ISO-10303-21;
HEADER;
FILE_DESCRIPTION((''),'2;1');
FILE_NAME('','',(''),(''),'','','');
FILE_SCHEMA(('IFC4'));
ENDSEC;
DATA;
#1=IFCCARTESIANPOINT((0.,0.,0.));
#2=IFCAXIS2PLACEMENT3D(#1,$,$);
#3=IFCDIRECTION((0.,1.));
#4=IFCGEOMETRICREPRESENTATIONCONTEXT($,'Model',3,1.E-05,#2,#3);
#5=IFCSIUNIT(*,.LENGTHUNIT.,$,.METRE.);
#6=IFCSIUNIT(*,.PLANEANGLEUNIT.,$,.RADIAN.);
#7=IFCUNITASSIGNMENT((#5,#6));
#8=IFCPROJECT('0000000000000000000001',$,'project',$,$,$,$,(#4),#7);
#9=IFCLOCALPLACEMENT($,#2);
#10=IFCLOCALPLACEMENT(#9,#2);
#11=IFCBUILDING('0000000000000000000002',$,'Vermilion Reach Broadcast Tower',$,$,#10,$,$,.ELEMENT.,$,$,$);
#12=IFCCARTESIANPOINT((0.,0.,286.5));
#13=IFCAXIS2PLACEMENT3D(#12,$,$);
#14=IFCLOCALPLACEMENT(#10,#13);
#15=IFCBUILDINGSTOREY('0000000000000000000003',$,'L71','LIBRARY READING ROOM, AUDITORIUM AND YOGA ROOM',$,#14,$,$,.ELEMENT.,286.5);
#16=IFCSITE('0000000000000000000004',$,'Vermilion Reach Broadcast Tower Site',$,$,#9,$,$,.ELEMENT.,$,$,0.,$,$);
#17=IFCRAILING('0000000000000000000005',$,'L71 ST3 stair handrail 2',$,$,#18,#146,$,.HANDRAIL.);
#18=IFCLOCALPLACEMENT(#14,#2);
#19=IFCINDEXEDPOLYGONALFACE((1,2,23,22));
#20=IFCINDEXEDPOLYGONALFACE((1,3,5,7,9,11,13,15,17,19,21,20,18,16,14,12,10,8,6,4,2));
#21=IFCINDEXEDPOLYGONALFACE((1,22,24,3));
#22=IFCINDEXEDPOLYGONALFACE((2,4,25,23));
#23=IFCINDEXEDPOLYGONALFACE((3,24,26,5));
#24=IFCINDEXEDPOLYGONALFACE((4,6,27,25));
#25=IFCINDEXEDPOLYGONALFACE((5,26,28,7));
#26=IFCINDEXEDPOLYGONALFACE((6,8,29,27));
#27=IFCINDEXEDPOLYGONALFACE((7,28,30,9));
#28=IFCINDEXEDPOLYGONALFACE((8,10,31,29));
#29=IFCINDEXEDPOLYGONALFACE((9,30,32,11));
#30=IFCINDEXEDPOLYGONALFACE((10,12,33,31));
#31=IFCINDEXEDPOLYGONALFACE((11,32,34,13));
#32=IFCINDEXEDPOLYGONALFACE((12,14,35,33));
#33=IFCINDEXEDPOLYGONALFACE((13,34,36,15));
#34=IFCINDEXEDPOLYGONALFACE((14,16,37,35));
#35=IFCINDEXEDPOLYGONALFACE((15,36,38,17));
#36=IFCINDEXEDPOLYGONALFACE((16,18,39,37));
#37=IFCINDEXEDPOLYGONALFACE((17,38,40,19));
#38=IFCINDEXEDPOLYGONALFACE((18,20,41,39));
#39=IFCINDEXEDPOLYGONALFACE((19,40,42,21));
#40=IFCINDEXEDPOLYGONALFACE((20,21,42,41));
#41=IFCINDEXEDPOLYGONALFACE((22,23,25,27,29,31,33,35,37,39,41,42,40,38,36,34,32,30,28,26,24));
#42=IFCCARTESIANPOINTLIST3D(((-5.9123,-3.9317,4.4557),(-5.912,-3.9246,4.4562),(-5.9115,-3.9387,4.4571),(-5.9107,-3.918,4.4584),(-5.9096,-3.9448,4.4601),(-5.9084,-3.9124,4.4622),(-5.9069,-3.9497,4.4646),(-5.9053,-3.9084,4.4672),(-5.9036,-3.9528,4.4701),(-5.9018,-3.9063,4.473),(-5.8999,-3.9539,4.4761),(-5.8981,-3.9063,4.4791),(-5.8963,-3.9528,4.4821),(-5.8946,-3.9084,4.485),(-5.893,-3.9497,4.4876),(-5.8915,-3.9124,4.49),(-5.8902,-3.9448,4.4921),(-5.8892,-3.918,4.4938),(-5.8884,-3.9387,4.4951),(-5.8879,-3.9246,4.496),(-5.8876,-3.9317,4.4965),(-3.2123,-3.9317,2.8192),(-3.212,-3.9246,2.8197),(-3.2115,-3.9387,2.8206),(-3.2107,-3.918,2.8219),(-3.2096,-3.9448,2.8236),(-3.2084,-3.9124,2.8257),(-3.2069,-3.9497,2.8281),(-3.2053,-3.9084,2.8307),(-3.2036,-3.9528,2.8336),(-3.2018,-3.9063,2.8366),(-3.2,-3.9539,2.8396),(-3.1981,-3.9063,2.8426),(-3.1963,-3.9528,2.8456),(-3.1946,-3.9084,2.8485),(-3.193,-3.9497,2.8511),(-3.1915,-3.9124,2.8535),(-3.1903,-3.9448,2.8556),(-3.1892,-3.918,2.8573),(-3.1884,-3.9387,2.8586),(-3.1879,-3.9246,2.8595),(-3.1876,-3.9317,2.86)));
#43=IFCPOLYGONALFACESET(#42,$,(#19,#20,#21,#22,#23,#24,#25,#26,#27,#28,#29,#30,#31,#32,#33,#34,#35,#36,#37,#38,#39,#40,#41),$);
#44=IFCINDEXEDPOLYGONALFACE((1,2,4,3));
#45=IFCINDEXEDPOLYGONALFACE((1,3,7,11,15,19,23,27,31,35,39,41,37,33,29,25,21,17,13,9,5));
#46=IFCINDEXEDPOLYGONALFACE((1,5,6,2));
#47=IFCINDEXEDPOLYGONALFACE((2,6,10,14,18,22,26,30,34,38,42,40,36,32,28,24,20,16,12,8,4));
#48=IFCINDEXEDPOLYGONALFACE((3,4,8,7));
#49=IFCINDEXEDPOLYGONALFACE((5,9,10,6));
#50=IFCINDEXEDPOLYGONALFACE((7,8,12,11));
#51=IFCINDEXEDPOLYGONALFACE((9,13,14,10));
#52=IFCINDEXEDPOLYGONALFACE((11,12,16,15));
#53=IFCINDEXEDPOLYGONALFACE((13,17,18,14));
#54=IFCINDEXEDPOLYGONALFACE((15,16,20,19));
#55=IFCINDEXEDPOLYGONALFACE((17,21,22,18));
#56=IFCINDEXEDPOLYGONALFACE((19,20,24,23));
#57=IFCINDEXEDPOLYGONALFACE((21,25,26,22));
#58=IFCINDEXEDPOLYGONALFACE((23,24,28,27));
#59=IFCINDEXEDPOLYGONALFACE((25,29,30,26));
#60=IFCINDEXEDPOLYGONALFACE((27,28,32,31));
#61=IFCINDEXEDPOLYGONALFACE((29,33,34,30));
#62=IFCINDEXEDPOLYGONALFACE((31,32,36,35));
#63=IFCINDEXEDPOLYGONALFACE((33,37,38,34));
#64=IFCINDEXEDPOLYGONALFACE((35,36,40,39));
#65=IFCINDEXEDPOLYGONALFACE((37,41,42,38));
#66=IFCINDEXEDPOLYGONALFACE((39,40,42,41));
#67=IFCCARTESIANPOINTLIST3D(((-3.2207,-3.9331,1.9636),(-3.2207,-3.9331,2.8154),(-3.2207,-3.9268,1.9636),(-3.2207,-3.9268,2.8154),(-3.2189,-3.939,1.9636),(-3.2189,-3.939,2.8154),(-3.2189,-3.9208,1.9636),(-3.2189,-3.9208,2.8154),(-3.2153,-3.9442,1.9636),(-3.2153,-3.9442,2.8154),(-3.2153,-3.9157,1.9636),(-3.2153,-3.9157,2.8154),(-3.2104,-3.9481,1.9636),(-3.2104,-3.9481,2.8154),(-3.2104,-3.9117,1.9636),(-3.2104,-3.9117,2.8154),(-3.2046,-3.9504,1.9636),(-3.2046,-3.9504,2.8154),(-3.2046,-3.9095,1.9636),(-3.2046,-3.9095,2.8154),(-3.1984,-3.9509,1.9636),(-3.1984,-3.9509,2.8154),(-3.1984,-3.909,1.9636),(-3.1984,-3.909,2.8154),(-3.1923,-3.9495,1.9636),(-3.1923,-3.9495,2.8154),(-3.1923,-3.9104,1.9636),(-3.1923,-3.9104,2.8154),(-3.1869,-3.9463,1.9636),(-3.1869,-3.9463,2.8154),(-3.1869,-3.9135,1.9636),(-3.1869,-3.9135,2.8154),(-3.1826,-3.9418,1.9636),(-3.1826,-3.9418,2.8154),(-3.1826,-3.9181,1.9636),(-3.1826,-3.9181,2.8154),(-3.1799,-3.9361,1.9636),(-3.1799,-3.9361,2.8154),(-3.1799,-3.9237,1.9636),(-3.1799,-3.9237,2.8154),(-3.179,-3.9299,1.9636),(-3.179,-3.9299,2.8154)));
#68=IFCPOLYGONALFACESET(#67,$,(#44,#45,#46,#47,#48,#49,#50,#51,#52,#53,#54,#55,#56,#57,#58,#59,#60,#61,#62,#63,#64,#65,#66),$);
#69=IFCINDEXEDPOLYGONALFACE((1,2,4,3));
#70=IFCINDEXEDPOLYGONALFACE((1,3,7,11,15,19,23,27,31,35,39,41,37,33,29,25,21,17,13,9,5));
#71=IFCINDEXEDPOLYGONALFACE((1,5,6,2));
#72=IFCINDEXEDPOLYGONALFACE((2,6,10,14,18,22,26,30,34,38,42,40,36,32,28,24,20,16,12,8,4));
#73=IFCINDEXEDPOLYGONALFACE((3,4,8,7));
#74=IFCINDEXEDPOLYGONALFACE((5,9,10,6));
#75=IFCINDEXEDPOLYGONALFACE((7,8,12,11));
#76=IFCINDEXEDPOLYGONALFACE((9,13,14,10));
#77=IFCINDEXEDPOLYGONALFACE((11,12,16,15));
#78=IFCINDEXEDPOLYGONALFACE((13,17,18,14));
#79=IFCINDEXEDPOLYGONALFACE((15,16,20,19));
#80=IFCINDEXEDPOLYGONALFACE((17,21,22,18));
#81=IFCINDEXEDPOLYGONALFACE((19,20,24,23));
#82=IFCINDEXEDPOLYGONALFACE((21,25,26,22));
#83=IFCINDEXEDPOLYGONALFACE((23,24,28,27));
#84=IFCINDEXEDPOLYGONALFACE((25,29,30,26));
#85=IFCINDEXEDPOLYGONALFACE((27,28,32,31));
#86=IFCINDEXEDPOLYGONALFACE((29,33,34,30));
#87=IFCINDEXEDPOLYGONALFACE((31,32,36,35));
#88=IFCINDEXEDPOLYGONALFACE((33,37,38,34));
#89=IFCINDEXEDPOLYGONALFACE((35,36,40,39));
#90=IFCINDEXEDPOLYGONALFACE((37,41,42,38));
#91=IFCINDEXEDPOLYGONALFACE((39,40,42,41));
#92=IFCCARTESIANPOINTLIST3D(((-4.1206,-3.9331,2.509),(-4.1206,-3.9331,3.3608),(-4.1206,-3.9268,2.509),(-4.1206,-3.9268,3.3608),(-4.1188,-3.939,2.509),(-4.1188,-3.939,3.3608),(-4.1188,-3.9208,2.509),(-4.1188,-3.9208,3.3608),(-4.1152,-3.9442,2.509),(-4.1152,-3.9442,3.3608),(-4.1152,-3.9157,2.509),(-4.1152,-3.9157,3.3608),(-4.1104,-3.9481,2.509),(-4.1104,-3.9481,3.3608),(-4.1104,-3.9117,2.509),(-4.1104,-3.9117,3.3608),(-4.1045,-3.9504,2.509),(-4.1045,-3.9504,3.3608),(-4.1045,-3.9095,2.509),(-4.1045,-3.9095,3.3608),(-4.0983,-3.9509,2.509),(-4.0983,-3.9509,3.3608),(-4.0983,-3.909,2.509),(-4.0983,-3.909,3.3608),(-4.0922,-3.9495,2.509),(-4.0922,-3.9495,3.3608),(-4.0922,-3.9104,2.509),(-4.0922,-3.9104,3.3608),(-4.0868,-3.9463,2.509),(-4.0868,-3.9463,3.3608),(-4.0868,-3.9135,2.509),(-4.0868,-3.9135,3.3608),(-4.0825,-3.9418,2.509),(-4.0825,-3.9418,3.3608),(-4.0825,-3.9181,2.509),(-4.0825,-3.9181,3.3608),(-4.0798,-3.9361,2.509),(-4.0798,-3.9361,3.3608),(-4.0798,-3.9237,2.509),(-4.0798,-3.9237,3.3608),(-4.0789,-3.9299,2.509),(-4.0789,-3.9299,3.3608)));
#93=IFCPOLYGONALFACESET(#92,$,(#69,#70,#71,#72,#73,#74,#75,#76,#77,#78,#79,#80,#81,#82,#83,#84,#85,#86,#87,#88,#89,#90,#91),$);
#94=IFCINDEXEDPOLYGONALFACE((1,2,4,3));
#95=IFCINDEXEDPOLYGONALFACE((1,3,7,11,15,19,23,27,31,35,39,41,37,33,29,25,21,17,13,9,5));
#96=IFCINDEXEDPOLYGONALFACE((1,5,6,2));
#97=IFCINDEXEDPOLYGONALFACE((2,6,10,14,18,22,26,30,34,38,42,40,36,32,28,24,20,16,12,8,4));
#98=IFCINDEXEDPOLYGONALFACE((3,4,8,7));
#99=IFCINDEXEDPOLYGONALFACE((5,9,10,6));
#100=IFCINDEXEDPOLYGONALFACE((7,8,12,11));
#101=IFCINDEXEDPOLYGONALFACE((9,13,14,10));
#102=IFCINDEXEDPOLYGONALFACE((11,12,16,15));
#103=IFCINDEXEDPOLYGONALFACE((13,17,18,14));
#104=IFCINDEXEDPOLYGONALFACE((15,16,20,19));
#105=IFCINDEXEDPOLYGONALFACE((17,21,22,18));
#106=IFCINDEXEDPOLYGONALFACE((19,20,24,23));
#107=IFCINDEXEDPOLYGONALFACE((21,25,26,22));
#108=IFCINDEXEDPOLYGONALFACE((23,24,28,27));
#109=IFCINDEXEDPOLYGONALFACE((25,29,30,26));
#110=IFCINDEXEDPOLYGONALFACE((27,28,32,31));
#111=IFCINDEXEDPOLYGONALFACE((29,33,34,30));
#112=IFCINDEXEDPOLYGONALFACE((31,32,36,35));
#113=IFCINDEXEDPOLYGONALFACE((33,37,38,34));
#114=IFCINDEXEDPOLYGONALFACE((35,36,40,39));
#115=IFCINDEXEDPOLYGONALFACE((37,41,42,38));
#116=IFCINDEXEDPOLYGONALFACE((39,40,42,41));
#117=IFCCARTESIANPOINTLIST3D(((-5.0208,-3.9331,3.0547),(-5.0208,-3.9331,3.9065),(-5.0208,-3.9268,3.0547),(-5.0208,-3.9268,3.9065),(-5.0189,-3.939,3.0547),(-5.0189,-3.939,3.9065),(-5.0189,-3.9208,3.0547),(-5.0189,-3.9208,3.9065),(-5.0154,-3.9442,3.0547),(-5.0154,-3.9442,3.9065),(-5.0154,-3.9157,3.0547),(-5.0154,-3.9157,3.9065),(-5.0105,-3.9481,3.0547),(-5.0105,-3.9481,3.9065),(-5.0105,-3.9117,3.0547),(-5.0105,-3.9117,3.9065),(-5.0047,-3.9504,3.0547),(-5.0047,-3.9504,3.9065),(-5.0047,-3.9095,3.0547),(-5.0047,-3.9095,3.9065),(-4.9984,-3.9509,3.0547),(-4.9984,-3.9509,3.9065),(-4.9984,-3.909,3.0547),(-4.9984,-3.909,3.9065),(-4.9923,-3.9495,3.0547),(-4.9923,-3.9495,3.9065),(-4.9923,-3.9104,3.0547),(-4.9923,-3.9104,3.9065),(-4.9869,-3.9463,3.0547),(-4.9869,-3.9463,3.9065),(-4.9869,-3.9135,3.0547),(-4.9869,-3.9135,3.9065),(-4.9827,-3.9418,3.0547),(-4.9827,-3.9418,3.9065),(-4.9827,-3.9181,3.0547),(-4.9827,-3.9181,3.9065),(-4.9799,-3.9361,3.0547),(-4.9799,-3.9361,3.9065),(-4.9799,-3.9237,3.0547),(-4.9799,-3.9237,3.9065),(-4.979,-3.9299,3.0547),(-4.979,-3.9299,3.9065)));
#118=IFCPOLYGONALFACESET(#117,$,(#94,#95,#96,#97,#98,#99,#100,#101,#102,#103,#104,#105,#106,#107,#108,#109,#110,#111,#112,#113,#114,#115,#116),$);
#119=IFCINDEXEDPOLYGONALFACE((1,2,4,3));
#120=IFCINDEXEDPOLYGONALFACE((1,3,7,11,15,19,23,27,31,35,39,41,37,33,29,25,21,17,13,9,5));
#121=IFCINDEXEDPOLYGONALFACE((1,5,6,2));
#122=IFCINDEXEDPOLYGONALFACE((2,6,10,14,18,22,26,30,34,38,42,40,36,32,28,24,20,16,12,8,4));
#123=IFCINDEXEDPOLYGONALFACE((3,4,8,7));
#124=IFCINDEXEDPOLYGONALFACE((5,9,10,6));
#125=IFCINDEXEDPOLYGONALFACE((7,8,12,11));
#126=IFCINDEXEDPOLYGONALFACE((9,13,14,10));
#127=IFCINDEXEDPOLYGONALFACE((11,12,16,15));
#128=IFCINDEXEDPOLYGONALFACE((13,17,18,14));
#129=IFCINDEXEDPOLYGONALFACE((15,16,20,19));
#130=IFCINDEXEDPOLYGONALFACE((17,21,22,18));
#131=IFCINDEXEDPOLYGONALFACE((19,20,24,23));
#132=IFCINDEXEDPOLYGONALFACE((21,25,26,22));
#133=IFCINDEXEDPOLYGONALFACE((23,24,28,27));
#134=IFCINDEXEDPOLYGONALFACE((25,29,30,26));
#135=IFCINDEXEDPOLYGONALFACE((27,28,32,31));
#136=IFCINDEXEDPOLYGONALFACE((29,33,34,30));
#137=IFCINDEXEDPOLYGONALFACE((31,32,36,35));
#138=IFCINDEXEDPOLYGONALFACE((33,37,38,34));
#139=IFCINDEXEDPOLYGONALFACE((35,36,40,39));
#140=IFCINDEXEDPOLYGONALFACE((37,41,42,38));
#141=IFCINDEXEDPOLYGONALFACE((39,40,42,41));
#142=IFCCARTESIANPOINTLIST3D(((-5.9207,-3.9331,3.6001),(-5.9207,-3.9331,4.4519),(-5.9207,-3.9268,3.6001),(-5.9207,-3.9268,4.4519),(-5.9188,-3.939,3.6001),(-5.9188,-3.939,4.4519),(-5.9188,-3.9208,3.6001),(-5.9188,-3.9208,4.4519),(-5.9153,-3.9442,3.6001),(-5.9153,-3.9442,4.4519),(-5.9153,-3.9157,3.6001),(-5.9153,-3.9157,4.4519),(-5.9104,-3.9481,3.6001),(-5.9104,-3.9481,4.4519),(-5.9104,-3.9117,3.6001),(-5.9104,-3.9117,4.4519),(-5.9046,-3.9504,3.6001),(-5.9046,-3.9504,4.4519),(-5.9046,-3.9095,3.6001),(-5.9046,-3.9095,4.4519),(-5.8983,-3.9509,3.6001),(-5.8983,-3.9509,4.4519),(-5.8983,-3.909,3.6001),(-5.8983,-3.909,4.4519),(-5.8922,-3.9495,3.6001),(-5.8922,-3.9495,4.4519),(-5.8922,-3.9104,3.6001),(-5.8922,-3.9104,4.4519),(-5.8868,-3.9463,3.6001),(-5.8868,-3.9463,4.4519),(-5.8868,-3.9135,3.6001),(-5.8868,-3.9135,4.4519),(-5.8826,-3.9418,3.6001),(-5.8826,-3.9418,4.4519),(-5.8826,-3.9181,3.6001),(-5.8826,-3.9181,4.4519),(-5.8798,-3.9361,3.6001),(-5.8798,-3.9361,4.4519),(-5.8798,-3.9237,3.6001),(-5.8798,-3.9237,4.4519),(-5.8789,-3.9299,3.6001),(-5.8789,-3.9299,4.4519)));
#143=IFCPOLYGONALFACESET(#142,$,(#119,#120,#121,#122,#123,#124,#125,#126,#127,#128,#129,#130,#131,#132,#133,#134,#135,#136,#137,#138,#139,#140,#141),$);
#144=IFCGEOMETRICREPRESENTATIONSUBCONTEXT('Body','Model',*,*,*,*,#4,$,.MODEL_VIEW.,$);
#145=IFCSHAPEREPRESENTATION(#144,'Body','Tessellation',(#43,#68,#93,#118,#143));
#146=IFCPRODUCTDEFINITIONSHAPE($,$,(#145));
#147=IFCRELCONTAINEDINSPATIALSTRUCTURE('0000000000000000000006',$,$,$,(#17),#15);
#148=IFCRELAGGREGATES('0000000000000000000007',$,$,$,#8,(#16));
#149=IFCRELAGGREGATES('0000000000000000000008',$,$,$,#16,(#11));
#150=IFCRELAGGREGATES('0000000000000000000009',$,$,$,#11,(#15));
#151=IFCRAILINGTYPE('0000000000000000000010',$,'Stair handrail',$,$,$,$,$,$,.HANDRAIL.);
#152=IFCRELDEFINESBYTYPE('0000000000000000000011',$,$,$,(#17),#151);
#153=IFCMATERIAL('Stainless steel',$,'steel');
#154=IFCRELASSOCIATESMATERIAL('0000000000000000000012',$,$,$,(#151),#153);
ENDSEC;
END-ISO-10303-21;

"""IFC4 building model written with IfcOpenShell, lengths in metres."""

from ifc_helpers import new_model, si_unit, direction, frame, origin, origin_2d, place, context, subcontext, project, spatial, circle, extrude, material, type_object, element, save


model = new_model("IFC4")

# Units and contexts
model_context = context("Model", 3, precision=1e-05, world=origin(), true_north=direction((0.0, 1.0)))
body_context = subcontext(model_context, "Body", "Model", "MODEL_VIEW")
ifc_project = project(units=[si_unit("LENGTHUNIT", "METRE"), si_unit("PLANEANGLEUNIT", "RADIAN")], contexts=[model_context])

# Site, building, storey
site_placement = place(None, origin())
site = spatial("IfcSite", under=ifc_project, at=site_placement, Name="Vermilion Reach Broadcast Tower Site", CompositionType="ELEMENT", RefElevation=0.0)
building_placement = place(site_placement, origin())
building = spatial("IfcBuilding", under=site, at=building_placement, Name="Vermilion Reach Broadcast Tower", CompositionType="ELEMENT")
storey_placement = place(building_placement, frame((0.0, 0.0, 286.5)))
storey = spatial("IfcBuildingStorey", under=building, at=storey_placement, Name="L71", Description="LIBRARY READING ROOM, AUDITORIUM AND YOGA ROOM", CompositionType="ELEMENT", Elevation=286.5)

# Railing
ifc_material_1 = material(Name="Stainless steel", Category="steel")
railing_type_1 = type_object("IfcRailingType", Name="Stair handrail", PredefinedType="HANDRAIL", material=ifc_material_1)
railing_1_placement = place(storey_placement, frame((-3.2, -3.9299, 1.9636)))
element("IfcRailing", 1, at=railing_1_placement, inside=storey, type_object=railing_type_1, Name="L71 ST3 stair handrail 2", PredefinedType="HANDRAIL", context=body_context, shape_type="SweptSolid", body=[
    extrude(circle(Radius=0.0239, at=origin_2d()), frame((0.0, 0.0, 0.876), z_axis=(-0.855178, 0.0, 0.518334), x_axis=(0.0, -1.0, 0.0)), (0.0, 0.0, 1.0), 3.1572),
    extrude(circle(Radius=0.021, at=origin_2d()), origin(), (0.0, 0.0, 1.0), 0.8518),
    extrude(circle(Radius=0.021, at=origin_2d()), frame((-0.8999, 0.0, 0.5454)), (0.0, 0.0, 1.0), 0.8518),
    extrude(circle(Radius=0.021, at=origin_2d()), frame((-1.8, 0.0, 1.0911)), (0.0, 0.0, 1.0), 0.8518),
    extrude(circle(Radius=0.021, at=origin_2d()), frame((-2.7, 0.0, 1.6365)), (0.0, 0.0, 1.0), 0.8518),
])

save(model, "model.ifc")
